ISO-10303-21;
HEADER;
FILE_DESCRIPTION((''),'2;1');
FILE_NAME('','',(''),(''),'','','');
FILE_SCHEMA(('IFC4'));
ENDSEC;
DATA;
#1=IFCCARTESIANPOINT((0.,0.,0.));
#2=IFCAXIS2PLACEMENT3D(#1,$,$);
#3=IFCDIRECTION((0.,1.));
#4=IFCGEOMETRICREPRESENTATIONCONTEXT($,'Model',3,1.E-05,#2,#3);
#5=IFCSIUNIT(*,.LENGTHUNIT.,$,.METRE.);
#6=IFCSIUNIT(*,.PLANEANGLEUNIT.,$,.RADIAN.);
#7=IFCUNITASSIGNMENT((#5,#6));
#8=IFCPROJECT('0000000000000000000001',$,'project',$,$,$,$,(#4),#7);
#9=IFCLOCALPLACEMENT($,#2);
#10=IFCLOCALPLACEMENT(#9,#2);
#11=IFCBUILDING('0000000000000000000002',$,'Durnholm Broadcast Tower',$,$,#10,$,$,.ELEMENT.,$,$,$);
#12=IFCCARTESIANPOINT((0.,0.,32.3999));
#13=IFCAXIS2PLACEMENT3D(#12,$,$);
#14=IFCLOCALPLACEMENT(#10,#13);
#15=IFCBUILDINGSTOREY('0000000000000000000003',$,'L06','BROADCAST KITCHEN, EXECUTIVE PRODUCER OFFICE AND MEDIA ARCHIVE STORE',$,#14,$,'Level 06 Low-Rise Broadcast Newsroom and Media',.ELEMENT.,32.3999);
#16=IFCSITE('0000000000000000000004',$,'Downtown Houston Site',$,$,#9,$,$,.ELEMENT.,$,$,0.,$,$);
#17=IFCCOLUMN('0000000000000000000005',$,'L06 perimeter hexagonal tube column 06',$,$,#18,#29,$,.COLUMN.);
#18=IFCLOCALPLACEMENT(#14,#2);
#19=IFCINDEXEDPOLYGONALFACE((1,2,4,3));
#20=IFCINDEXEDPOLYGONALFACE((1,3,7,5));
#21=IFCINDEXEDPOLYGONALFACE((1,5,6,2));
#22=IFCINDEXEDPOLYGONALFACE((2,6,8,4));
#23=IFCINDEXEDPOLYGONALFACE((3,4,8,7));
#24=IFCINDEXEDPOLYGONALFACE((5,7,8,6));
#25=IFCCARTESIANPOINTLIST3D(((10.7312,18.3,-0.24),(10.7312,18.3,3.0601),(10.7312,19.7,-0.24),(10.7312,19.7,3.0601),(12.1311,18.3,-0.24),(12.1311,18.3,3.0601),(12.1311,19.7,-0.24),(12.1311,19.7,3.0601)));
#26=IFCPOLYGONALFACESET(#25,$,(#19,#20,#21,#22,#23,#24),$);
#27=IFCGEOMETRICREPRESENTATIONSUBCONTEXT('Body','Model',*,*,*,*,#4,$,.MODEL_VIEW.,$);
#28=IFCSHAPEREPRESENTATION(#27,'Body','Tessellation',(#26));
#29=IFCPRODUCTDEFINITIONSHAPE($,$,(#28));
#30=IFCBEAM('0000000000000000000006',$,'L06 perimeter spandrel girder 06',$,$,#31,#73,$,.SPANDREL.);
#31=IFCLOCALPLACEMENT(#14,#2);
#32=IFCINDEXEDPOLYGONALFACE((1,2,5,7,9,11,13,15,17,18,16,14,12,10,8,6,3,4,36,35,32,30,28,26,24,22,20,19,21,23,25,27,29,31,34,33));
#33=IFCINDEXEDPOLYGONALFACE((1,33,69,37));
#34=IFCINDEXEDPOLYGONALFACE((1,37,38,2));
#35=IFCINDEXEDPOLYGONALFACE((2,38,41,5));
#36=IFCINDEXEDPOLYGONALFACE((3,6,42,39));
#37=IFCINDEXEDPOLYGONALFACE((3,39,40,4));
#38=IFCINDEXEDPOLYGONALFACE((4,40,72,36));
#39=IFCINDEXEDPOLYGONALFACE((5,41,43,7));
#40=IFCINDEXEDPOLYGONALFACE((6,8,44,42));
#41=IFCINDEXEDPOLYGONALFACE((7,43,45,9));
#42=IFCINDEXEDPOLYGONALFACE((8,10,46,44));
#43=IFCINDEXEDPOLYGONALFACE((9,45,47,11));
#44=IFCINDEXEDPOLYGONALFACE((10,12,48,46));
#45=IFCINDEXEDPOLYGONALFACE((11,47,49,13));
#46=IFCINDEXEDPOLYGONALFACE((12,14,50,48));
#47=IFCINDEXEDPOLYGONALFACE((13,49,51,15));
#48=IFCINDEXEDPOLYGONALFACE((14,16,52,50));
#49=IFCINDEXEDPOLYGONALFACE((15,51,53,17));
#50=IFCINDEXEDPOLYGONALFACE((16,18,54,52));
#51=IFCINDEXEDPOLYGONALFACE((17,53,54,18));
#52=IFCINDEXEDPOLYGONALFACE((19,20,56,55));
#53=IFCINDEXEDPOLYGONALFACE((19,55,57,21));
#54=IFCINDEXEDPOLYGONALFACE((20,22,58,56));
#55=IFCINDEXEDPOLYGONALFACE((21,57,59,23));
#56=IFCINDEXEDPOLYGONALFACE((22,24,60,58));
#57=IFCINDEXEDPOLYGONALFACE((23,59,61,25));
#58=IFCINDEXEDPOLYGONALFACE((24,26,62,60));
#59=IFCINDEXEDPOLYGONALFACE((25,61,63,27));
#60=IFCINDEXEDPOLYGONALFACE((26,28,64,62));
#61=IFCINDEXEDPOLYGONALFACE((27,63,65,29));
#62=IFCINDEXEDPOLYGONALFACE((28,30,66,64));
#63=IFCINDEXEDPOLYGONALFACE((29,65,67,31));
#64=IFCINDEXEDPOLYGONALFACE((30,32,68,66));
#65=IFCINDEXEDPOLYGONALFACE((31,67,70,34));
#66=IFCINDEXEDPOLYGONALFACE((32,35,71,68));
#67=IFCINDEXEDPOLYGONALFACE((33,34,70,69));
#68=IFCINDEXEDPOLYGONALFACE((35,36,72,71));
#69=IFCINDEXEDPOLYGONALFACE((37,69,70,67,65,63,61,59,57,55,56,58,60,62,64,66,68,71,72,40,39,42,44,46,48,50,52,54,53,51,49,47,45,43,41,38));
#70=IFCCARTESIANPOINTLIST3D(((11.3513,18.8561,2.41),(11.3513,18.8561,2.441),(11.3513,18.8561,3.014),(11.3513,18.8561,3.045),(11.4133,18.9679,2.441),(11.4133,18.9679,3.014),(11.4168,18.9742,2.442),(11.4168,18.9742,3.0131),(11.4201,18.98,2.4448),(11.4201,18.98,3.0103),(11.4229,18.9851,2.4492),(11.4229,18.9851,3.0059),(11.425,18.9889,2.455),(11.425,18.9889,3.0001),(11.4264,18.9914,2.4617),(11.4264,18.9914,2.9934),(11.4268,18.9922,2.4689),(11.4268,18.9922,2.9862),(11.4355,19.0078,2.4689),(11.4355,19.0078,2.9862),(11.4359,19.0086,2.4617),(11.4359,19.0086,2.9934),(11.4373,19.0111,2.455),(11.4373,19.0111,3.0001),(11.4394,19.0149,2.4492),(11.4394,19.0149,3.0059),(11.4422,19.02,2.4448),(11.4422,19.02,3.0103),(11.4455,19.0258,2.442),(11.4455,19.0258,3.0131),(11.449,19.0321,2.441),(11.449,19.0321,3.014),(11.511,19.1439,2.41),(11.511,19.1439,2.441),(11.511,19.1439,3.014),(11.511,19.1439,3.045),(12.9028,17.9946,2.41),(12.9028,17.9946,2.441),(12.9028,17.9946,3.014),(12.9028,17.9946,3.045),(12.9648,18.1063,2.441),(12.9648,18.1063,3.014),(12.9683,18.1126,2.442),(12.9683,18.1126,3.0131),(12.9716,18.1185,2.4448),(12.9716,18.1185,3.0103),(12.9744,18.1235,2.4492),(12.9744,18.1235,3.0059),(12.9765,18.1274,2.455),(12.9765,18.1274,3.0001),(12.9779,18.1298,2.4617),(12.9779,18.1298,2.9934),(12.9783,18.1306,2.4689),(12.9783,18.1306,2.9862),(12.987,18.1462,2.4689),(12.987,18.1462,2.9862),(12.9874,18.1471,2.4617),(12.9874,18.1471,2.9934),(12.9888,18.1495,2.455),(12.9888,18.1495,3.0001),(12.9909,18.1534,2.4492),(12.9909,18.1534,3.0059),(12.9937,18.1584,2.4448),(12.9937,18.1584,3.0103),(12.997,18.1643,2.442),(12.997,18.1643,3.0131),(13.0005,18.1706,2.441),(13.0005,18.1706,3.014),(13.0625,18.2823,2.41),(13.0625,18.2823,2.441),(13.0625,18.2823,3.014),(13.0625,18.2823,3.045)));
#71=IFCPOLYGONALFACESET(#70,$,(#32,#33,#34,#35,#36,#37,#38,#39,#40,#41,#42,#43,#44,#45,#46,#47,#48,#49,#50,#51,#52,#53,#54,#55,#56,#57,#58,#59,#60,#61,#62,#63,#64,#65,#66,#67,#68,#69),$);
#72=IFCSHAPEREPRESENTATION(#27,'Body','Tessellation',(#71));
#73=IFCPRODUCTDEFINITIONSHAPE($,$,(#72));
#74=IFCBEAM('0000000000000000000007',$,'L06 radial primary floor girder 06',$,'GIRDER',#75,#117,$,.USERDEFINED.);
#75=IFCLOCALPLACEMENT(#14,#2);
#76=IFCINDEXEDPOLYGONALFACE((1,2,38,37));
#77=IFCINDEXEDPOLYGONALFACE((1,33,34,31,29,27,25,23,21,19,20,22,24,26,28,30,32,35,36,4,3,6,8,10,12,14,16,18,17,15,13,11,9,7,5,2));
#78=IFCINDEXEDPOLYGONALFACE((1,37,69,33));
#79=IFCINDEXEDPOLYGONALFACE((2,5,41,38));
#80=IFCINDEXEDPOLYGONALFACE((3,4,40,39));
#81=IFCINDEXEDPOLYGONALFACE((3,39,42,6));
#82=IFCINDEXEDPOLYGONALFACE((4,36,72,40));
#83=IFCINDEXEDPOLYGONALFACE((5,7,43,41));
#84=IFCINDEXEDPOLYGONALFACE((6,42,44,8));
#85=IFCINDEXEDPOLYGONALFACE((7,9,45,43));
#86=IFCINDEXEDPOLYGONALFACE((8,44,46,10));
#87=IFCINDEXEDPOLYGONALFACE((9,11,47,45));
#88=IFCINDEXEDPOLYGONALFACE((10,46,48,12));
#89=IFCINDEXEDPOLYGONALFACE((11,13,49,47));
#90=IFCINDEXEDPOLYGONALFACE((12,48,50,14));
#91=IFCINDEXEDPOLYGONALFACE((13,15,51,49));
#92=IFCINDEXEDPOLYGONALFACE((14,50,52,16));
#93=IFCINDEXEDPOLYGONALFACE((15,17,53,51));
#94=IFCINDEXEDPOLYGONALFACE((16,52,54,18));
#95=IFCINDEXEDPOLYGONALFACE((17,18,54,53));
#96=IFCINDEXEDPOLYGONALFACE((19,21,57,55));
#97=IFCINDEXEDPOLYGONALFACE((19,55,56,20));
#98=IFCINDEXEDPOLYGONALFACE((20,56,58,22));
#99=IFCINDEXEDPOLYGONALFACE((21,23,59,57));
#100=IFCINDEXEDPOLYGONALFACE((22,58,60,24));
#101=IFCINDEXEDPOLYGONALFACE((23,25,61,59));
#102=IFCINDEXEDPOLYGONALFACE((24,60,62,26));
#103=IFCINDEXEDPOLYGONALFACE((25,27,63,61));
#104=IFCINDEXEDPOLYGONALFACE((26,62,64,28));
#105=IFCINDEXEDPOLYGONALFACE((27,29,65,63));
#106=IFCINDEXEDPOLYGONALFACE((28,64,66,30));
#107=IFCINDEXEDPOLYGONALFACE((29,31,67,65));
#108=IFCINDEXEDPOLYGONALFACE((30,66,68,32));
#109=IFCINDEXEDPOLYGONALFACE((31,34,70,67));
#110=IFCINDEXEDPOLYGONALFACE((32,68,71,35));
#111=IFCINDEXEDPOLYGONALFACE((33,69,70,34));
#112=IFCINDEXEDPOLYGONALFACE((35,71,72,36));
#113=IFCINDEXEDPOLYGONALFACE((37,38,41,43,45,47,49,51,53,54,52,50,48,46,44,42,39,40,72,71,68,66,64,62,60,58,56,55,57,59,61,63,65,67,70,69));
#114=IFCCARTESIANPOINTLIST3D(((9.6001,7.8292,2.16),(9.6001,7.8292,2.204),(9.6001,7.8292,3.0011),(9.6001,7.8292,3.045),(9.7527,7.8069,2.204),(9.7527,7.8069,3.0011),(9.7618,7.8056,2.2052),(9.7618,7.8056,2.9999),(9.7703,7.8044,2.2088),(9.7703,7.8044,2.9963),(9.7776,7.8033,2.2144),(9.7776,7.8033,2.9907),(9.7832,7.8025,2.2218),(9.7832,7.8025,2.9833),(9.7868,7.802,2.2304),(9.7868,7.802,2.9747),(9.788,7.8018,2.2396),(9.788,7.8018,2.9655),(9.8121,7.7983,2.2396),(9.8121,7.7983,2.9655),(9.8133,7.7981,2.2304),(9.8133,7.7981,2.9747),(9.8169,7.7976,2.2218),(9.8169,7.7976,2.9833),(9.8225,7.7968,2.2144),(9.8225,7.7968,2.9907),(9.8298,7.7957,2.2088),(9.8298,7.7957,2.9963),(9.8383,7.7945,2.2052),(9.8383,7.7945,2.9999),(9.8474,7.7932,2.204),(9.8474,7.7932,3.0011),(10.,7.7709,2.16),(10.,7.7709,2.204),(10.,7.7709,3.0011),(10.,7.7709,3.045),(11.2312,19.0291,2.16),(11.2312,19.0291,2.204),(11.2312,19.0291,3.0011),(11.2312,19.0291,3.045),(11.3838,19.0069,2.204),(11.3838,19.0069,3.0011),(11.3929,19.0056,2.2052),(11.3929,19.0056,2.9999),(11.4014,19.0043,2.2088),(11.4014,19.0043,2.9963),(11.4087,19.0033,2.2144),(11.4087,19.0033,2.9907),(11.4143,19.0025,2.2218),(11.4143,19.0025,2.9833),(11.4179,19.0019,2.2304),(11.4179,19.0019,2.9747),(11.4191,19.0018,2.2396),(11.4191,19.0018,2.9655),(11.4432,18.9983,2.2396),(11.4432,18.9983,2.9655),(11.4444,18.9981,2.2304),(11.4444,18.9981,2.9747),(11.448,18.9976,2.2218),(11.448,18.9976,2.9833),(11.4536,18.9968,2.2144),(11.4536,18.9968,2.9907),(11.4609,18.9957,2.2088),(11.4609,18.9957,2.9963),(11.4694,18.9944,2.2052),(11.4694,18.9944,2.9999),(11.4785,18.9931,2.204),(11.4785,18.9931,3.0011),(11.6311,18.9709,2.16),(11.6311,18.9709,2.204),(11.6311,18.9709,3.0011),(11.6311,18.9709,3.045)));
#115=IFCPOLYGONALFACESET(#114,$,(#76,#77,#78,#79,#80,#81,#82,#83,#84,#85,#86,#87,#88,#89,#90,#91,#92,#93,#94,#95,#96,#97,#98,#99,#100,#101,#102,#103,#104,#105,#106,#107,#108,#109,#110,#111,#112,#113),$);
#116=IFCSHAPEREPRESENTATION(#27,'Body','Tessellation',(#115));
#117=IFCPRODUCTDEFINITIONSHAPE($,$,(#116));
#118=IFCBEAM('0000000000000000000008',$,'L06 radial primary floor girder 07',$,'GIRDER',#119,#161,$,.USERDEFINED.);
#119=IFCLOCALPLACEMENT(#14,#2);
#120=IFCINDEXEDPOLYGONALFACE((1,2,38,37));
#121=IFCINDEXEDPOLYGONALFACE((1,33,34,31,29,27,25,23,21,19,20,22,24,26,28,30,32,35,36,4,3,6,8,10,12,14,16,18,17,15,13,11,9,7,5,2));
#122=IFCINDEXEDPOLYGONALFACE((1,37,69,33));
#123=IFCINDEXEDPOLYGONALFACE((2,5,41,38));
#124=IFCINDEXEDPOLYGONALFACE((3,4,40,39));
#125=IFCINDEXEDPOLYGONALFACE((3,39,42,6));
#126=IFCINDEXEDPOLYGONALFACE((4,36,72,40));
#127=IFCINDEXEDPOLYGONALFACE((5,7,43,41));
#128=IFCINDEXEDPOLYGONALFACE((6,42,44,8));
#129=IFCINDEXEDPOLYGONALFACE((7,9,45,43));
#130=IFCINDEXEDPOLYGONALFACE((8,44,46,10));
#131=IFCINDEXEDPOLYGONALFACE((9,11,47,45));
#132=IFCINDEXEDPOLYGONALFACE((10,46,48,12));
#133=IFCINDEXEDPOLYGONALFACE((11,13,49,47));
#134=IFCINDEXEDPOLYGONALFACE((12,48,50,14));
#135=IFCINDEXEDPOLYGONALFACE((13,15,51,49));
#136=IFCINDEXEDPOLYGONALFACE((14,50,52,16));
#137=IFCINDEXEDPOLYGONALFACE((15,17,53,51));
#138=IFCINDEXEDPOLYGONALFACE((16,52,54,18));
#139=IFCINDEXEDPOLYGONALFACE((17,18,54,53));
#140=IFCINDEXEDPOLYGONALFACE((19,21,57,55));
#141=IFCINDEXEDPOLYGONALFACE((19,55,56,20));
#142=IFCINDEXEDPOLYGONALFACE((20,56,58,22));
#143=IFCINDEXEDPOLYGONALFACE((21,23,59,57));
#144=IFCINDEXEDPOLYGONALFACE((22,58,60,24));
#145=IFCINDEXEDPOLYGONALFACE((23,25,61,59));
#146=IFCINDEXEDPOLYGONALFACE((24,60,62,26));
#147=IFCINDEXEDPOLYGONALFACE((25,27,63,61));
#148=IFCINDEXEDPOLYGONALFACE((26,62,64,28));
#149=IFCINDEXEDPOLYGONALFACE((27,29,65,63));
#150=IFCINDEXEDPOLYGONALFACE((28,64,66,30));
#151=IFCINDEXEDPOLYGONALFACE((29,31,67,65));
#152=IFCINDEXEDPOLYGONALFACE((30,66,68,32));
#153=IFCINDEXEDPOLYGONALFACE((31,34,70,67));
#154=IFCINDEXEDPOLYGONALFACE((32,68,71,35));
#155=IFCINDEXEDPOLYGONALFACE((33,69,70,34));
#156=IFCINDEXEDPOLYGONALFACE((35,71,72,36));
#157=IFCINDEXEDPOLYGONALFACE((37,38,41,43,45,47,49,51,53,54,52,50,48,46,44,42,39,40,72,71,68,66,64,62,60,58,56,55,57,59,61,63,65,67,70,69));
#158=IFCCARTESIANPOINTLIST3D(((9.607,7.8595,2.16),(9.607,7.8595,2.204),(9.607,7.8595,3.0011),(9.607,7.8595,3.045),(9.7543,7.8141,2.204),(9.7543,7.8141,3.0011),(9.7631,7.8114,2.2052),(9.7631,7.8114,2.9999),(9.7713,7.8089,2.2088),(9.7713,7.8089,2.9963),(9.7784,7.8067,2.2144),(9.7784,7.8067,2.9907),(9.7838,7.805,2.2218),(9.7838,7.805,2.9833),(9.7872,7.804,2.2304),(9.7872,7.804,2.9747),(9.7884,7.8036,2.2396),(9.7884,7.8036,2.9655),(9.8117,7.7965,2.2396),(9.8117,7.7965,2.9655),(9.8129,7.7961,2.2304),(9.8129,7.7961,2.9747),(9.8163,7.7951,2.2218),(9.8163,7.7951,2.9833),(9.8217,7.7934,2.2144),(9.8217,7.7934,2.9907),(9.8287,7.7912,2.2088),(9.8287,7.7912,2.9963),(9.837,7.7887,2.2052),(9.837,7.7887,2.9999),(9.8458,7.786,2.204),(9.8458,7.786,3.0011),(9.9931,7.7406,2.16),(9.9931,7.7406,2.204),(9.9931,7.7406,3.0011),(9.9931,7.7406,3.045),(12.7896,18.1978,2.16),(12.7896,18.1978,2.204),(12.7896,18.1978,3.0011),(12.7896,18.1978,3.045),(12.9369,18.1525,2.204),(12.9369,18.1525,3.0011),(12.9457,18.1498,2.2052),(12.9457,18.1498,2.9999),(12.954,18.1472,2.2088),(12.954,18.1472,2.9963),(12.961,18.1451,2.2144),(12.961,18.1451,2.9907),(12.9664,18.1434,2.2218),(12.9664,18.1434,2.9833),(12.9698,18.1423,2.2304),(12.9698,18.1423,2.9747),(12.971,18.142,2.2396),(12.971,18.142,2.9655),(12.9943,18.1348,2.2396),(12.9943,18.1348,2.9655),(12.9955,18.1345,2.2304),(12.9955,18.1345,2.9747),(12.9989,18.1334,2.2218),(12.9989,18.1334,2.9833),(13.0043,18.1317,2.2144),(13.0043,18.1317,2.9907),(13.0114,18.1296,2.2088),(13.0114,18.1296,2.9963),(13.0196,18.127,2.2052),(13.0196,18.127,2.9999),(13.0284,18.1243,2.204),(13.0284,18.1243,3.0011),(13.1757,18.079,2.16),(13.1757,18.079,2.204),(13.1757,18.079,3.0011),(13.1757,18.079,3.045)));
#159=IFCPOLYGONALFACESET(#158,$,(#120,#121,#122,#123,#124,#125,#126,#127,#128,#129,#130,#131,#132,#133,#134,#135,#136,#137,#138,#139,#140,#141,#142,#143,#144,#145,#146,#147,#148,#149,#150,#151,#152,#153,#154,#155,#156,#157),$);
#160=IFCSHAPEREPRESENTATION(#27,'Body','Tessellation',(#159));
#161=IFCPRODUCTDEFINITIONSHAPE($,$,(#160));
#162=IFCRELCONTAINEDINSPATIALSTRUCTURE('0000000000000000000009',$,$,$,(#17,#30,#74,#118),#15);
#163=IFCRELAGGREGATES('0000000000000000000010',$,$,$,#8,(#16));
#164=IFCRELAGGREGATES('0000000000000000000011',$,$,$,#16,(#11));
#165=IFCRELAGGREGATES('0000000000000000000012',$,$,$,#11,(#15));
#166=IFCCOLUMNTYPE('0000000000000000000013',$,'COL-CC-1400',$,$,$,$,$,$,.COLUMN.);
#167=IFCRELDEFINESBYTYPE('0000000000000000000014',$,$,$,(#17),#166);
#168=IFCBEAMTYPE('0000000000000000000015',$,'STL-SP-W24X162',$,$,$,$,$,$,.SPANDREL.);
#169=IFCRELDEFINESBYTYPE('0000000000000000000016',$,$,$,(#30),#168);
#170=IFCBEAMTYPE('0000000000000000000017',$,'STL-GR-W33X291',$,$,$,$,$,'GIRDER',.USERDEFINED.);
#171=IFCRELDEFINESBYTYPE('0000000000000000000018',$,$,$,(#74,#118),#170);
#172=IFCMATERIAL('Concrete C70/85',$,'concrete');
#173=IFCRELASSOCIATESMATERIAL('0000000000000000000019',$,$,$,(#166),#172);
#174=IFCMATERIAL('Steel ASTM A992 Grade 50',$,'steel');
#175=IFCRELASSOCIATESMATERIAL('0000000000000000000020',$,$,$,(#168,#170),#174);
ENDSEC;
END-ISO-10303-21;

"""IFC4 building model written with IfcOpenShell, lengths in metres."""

from ifc_helpers import new_model, si_unit, direction, frame, origin, origin_2d, place, context, subcontext, project, spatial, rectangle, i_section, extrude, source, transform, mapped, material, material_profile, profile_set, type_object, type_shapes, element, save


model = new_model("IFC4")

# Units and contexts
model_context = context("Model", 3, precision=1e-05, world=origin(), true_north=direction((0.0, 1.0)))
body_context = subcontext(model_context, "Body", "Model", "MODEL_VIEW")
ifc_project = project(units=[si_unit("LENGTHUNIT", "METRE"), si_unit("PLANEANGLEUNIT", "RADIAN")], contexts=[model_context])

# Site, building, storey
site_placement = place(None, origin())
site = spatial("IfcSite", under=ifc_project, at=site_placement, Name="Downtown Houston Site", CompositionType="ELEMENT", RefElevation=0.0)
building_placement = place(site_placement, origin())
building = spatial("IfcBuilding", under=site, at=building_placement, Name="Durnholm Broadcast Tower", CompositionType="ELEMENT")
storey_placement = place(building_placement, frame((0.0, 0.0, 32.3999)))
storey = spatial("IfcBuildingStorey", under=building, at=storey_placement, Name="L06", Description="BROADCAST KITCHEN, EXECUTIVE PRODUCER OFFICE AND MEDIA ARCHIVE STORE", LongName="Level 06 Low-Rise Broadcast Newsroom and Media", CompositionType="ELEMENT", Elevation=32.3999)

# Column
ifc_material_1 = material(Name="Concrete C70/85", Category="concrete")
ifc_material_profile_1 = material_profile(ifc_material_1, rectangle(XDim=1.3999, YDim=1.3999, at=origin_2d()), Name="RC1400X1400")
ifc_profile_set_1 = profile_set([ifc_material_profile_1], Name="Concrete C70/85")
column_type = type_object("IfcColumnType", Name="COL-CC-1400", PredefinedType="COLUMN", material=ifc_profile_set_1)
shared_shape_1 = source(origin(), body_context, "Body", "SweptSolid", [
    extrude(rectangle(XDim=1.3999, YDim=1.3999, at=origin_2d()), origin(), (0.0, 0.0, 1.0), 3.3),
])
type_shapes(column_type, [shared_shape_1])
column_placement = place(storey_placement, frame((11.4312, 19.0, -0.24), z_axis=(0.0, 0.0, 1.0), x_axis=(1.0, 0.0, 0.0)))
element("IfcColumn", 1, at=column_placement, inside=storey, type_object=column_type, Name="L06 perimeter hexagonal tube column 06", PredefinedType="COLUMN", context=body_context, shape_type="MappedRepresentation", body=[
    mapped(shared_shape_1, transform((0.0, 0.0, 0.0), x_axis=(1.0, 0.0, 0.0), y_axis=(0.0, 1.0, 0.0), z_axis=(0.0, 0.0, 1.0), scale=1.0)),
])

# Beams
ifc_material_2 = material(Name="Steel ASTM A992 Grade 50", Category="steel")
ifc_material_profile_2 = material_profile(ifc_material_2, i_section(OverallWidth=0.3291, OverallDepth=0.635, WebThickness=0.0178, FlangeThickness=0.031, FilletRadius=0.0278, at=origin_2d()), Name="W24X162")
ifc_profile_set_2 = profile_set([ifc_material_profile_2], Name="Steel ASTM A992 Grade 50")
beam_type_1 = type_object("IfcBeamType", Name="STL-SP-W24X162", PredefinedType="SPANDREL", material=ifc_profile_set_2)
shared_shape_2 = source(origin(), body_context, "Body", "SweptSolid", [
    extrude(i_section(OverallWidth=0.3291, OverallDepth=0.635, WebThickness=0.0178, FlangeThickness=0.031, FilletRadius=0.0278, at=origin_2d()), origin(), (0.0, 0.0, 1.0), 1.7747),
])
type_shapes(beam_type_1, [shared_shape_2])
beam_1_placement = place(storey_placement, frame((11.4312, 19.0, 2.7275), z_axis=(0.874248, -0.485479, 0.0), x_axis=(0.485479, 0.874248, 0.0)))
element("IfcBeam", 2, at=beam_1_placement, inside=storey, type_object=beam_type_1, Name="L06 perimeter spandrel girder 06", PredefinedType="SPANDREL", context=body_context, shape_type="MappedRepresentation", body=[
    mapped(shared_shape_2, transform((0.0, 0.0, 0.0), x_axis=(1.0, 0.0, 0.0), y_axis=(0.0, 1.0, 0.0), z_axis=(0.0, 0.0, 1.0), scale=1.0)),
])
ifc_material_profile_3 = material_profile(ifc_material_2, i_section(OverallWidth=0.4041, OverallDepth=0.885, WebThickness=0.0244, FlangeThickness=0.0439, FilletRadius=0.0356, at=origin_2d()), Name="W33X291")
ifc_profile_set_3 = profile_set([ifc_material_profile_3], Name="Steel ASTM A992 Grade 50")
beam_type_2 = type_object("IfcBeamType", Name="STL-GR-W33X291", ElementType="GIRDER", PredefinedType="USERDEFINED", material=ifc_profile_set_3)
shared_shape_3 = source(origin(), body_context, "Body", "SweptSolid", [
    extrude(i_section(OverallWidth=0.4041, OverallDepth=0.885, WebThickness=0.0244, FlangeThickness=0.0439, FilletRadius=0.0356, at=origin_2d()), origin(), (0.0, 0.0, 1.0), 11.3181),
])
beam_2_placement = place(storey_placement, frame((9.8, 7.8, 2.6025), z_axis=(0.144115, 0.989561, 0.0), x_axis=(-0.989561, 0.144115, 0.0)))
element("IfcBeam", 3, at=beam_2_placement, inside=storey, type_object=beam_type_2, Name="L06 radial primary floor girder 06", ObjectType="GIRDER", PredefinedType="USERDEFINED", context=body_context, shape_type="MappedRepresentation", body=[
    mapped(shared_shape_3, transform((0.0, 0.0, 0.0), x_axis=(1.0, 0.0, 0.0), y_axis=(0.0, 1.0, 0.0), z_axis=(0.0, 0.0, 1.0), scale=1.0)),
])
shared_shape_4 = source(origin(), body_context, "Body", "SweptSolid", [
    extrude(i_section(OverallWidth=0.4041, OverallDepth=0.885, WebThickness=0.0244, FlangeThickness=0.0439, FilletRadius=0.0356, at=origin_2d()), origin(), (0.0, 0.0, 1.0), 10.8171),
])
type_shapes(beam_type_2, [shared_shape_3, shared_shape_4])
beam_3_placement = place(storey_placement, frame((9.8, 7.8, 2.6025), z_axis=(0.294219, 0.955738, 0.0), x_axis=(-0.955738, 0.294219, 0.0)))
element("IfcBeam", 4, at=beam_3_placement, inside=storey, type_object=beam_type_2, Name="L06 radial primary floor girder 07", ObjectType="GIRDER", PredefinedType="USERDEFINED", context=body_context, shape_type="MappedRepresentation", body=[
    mapped(shared_shape_4, transform((0.0, 0.0, 0.0), x_axis=(1.0, 0.0, 0.0), y_axis=(0.0, 1.0, 0.0), z_axis=(0.0, 0.0, 1.0), scale=1.0)),
])

save(model, "model.ifc")
